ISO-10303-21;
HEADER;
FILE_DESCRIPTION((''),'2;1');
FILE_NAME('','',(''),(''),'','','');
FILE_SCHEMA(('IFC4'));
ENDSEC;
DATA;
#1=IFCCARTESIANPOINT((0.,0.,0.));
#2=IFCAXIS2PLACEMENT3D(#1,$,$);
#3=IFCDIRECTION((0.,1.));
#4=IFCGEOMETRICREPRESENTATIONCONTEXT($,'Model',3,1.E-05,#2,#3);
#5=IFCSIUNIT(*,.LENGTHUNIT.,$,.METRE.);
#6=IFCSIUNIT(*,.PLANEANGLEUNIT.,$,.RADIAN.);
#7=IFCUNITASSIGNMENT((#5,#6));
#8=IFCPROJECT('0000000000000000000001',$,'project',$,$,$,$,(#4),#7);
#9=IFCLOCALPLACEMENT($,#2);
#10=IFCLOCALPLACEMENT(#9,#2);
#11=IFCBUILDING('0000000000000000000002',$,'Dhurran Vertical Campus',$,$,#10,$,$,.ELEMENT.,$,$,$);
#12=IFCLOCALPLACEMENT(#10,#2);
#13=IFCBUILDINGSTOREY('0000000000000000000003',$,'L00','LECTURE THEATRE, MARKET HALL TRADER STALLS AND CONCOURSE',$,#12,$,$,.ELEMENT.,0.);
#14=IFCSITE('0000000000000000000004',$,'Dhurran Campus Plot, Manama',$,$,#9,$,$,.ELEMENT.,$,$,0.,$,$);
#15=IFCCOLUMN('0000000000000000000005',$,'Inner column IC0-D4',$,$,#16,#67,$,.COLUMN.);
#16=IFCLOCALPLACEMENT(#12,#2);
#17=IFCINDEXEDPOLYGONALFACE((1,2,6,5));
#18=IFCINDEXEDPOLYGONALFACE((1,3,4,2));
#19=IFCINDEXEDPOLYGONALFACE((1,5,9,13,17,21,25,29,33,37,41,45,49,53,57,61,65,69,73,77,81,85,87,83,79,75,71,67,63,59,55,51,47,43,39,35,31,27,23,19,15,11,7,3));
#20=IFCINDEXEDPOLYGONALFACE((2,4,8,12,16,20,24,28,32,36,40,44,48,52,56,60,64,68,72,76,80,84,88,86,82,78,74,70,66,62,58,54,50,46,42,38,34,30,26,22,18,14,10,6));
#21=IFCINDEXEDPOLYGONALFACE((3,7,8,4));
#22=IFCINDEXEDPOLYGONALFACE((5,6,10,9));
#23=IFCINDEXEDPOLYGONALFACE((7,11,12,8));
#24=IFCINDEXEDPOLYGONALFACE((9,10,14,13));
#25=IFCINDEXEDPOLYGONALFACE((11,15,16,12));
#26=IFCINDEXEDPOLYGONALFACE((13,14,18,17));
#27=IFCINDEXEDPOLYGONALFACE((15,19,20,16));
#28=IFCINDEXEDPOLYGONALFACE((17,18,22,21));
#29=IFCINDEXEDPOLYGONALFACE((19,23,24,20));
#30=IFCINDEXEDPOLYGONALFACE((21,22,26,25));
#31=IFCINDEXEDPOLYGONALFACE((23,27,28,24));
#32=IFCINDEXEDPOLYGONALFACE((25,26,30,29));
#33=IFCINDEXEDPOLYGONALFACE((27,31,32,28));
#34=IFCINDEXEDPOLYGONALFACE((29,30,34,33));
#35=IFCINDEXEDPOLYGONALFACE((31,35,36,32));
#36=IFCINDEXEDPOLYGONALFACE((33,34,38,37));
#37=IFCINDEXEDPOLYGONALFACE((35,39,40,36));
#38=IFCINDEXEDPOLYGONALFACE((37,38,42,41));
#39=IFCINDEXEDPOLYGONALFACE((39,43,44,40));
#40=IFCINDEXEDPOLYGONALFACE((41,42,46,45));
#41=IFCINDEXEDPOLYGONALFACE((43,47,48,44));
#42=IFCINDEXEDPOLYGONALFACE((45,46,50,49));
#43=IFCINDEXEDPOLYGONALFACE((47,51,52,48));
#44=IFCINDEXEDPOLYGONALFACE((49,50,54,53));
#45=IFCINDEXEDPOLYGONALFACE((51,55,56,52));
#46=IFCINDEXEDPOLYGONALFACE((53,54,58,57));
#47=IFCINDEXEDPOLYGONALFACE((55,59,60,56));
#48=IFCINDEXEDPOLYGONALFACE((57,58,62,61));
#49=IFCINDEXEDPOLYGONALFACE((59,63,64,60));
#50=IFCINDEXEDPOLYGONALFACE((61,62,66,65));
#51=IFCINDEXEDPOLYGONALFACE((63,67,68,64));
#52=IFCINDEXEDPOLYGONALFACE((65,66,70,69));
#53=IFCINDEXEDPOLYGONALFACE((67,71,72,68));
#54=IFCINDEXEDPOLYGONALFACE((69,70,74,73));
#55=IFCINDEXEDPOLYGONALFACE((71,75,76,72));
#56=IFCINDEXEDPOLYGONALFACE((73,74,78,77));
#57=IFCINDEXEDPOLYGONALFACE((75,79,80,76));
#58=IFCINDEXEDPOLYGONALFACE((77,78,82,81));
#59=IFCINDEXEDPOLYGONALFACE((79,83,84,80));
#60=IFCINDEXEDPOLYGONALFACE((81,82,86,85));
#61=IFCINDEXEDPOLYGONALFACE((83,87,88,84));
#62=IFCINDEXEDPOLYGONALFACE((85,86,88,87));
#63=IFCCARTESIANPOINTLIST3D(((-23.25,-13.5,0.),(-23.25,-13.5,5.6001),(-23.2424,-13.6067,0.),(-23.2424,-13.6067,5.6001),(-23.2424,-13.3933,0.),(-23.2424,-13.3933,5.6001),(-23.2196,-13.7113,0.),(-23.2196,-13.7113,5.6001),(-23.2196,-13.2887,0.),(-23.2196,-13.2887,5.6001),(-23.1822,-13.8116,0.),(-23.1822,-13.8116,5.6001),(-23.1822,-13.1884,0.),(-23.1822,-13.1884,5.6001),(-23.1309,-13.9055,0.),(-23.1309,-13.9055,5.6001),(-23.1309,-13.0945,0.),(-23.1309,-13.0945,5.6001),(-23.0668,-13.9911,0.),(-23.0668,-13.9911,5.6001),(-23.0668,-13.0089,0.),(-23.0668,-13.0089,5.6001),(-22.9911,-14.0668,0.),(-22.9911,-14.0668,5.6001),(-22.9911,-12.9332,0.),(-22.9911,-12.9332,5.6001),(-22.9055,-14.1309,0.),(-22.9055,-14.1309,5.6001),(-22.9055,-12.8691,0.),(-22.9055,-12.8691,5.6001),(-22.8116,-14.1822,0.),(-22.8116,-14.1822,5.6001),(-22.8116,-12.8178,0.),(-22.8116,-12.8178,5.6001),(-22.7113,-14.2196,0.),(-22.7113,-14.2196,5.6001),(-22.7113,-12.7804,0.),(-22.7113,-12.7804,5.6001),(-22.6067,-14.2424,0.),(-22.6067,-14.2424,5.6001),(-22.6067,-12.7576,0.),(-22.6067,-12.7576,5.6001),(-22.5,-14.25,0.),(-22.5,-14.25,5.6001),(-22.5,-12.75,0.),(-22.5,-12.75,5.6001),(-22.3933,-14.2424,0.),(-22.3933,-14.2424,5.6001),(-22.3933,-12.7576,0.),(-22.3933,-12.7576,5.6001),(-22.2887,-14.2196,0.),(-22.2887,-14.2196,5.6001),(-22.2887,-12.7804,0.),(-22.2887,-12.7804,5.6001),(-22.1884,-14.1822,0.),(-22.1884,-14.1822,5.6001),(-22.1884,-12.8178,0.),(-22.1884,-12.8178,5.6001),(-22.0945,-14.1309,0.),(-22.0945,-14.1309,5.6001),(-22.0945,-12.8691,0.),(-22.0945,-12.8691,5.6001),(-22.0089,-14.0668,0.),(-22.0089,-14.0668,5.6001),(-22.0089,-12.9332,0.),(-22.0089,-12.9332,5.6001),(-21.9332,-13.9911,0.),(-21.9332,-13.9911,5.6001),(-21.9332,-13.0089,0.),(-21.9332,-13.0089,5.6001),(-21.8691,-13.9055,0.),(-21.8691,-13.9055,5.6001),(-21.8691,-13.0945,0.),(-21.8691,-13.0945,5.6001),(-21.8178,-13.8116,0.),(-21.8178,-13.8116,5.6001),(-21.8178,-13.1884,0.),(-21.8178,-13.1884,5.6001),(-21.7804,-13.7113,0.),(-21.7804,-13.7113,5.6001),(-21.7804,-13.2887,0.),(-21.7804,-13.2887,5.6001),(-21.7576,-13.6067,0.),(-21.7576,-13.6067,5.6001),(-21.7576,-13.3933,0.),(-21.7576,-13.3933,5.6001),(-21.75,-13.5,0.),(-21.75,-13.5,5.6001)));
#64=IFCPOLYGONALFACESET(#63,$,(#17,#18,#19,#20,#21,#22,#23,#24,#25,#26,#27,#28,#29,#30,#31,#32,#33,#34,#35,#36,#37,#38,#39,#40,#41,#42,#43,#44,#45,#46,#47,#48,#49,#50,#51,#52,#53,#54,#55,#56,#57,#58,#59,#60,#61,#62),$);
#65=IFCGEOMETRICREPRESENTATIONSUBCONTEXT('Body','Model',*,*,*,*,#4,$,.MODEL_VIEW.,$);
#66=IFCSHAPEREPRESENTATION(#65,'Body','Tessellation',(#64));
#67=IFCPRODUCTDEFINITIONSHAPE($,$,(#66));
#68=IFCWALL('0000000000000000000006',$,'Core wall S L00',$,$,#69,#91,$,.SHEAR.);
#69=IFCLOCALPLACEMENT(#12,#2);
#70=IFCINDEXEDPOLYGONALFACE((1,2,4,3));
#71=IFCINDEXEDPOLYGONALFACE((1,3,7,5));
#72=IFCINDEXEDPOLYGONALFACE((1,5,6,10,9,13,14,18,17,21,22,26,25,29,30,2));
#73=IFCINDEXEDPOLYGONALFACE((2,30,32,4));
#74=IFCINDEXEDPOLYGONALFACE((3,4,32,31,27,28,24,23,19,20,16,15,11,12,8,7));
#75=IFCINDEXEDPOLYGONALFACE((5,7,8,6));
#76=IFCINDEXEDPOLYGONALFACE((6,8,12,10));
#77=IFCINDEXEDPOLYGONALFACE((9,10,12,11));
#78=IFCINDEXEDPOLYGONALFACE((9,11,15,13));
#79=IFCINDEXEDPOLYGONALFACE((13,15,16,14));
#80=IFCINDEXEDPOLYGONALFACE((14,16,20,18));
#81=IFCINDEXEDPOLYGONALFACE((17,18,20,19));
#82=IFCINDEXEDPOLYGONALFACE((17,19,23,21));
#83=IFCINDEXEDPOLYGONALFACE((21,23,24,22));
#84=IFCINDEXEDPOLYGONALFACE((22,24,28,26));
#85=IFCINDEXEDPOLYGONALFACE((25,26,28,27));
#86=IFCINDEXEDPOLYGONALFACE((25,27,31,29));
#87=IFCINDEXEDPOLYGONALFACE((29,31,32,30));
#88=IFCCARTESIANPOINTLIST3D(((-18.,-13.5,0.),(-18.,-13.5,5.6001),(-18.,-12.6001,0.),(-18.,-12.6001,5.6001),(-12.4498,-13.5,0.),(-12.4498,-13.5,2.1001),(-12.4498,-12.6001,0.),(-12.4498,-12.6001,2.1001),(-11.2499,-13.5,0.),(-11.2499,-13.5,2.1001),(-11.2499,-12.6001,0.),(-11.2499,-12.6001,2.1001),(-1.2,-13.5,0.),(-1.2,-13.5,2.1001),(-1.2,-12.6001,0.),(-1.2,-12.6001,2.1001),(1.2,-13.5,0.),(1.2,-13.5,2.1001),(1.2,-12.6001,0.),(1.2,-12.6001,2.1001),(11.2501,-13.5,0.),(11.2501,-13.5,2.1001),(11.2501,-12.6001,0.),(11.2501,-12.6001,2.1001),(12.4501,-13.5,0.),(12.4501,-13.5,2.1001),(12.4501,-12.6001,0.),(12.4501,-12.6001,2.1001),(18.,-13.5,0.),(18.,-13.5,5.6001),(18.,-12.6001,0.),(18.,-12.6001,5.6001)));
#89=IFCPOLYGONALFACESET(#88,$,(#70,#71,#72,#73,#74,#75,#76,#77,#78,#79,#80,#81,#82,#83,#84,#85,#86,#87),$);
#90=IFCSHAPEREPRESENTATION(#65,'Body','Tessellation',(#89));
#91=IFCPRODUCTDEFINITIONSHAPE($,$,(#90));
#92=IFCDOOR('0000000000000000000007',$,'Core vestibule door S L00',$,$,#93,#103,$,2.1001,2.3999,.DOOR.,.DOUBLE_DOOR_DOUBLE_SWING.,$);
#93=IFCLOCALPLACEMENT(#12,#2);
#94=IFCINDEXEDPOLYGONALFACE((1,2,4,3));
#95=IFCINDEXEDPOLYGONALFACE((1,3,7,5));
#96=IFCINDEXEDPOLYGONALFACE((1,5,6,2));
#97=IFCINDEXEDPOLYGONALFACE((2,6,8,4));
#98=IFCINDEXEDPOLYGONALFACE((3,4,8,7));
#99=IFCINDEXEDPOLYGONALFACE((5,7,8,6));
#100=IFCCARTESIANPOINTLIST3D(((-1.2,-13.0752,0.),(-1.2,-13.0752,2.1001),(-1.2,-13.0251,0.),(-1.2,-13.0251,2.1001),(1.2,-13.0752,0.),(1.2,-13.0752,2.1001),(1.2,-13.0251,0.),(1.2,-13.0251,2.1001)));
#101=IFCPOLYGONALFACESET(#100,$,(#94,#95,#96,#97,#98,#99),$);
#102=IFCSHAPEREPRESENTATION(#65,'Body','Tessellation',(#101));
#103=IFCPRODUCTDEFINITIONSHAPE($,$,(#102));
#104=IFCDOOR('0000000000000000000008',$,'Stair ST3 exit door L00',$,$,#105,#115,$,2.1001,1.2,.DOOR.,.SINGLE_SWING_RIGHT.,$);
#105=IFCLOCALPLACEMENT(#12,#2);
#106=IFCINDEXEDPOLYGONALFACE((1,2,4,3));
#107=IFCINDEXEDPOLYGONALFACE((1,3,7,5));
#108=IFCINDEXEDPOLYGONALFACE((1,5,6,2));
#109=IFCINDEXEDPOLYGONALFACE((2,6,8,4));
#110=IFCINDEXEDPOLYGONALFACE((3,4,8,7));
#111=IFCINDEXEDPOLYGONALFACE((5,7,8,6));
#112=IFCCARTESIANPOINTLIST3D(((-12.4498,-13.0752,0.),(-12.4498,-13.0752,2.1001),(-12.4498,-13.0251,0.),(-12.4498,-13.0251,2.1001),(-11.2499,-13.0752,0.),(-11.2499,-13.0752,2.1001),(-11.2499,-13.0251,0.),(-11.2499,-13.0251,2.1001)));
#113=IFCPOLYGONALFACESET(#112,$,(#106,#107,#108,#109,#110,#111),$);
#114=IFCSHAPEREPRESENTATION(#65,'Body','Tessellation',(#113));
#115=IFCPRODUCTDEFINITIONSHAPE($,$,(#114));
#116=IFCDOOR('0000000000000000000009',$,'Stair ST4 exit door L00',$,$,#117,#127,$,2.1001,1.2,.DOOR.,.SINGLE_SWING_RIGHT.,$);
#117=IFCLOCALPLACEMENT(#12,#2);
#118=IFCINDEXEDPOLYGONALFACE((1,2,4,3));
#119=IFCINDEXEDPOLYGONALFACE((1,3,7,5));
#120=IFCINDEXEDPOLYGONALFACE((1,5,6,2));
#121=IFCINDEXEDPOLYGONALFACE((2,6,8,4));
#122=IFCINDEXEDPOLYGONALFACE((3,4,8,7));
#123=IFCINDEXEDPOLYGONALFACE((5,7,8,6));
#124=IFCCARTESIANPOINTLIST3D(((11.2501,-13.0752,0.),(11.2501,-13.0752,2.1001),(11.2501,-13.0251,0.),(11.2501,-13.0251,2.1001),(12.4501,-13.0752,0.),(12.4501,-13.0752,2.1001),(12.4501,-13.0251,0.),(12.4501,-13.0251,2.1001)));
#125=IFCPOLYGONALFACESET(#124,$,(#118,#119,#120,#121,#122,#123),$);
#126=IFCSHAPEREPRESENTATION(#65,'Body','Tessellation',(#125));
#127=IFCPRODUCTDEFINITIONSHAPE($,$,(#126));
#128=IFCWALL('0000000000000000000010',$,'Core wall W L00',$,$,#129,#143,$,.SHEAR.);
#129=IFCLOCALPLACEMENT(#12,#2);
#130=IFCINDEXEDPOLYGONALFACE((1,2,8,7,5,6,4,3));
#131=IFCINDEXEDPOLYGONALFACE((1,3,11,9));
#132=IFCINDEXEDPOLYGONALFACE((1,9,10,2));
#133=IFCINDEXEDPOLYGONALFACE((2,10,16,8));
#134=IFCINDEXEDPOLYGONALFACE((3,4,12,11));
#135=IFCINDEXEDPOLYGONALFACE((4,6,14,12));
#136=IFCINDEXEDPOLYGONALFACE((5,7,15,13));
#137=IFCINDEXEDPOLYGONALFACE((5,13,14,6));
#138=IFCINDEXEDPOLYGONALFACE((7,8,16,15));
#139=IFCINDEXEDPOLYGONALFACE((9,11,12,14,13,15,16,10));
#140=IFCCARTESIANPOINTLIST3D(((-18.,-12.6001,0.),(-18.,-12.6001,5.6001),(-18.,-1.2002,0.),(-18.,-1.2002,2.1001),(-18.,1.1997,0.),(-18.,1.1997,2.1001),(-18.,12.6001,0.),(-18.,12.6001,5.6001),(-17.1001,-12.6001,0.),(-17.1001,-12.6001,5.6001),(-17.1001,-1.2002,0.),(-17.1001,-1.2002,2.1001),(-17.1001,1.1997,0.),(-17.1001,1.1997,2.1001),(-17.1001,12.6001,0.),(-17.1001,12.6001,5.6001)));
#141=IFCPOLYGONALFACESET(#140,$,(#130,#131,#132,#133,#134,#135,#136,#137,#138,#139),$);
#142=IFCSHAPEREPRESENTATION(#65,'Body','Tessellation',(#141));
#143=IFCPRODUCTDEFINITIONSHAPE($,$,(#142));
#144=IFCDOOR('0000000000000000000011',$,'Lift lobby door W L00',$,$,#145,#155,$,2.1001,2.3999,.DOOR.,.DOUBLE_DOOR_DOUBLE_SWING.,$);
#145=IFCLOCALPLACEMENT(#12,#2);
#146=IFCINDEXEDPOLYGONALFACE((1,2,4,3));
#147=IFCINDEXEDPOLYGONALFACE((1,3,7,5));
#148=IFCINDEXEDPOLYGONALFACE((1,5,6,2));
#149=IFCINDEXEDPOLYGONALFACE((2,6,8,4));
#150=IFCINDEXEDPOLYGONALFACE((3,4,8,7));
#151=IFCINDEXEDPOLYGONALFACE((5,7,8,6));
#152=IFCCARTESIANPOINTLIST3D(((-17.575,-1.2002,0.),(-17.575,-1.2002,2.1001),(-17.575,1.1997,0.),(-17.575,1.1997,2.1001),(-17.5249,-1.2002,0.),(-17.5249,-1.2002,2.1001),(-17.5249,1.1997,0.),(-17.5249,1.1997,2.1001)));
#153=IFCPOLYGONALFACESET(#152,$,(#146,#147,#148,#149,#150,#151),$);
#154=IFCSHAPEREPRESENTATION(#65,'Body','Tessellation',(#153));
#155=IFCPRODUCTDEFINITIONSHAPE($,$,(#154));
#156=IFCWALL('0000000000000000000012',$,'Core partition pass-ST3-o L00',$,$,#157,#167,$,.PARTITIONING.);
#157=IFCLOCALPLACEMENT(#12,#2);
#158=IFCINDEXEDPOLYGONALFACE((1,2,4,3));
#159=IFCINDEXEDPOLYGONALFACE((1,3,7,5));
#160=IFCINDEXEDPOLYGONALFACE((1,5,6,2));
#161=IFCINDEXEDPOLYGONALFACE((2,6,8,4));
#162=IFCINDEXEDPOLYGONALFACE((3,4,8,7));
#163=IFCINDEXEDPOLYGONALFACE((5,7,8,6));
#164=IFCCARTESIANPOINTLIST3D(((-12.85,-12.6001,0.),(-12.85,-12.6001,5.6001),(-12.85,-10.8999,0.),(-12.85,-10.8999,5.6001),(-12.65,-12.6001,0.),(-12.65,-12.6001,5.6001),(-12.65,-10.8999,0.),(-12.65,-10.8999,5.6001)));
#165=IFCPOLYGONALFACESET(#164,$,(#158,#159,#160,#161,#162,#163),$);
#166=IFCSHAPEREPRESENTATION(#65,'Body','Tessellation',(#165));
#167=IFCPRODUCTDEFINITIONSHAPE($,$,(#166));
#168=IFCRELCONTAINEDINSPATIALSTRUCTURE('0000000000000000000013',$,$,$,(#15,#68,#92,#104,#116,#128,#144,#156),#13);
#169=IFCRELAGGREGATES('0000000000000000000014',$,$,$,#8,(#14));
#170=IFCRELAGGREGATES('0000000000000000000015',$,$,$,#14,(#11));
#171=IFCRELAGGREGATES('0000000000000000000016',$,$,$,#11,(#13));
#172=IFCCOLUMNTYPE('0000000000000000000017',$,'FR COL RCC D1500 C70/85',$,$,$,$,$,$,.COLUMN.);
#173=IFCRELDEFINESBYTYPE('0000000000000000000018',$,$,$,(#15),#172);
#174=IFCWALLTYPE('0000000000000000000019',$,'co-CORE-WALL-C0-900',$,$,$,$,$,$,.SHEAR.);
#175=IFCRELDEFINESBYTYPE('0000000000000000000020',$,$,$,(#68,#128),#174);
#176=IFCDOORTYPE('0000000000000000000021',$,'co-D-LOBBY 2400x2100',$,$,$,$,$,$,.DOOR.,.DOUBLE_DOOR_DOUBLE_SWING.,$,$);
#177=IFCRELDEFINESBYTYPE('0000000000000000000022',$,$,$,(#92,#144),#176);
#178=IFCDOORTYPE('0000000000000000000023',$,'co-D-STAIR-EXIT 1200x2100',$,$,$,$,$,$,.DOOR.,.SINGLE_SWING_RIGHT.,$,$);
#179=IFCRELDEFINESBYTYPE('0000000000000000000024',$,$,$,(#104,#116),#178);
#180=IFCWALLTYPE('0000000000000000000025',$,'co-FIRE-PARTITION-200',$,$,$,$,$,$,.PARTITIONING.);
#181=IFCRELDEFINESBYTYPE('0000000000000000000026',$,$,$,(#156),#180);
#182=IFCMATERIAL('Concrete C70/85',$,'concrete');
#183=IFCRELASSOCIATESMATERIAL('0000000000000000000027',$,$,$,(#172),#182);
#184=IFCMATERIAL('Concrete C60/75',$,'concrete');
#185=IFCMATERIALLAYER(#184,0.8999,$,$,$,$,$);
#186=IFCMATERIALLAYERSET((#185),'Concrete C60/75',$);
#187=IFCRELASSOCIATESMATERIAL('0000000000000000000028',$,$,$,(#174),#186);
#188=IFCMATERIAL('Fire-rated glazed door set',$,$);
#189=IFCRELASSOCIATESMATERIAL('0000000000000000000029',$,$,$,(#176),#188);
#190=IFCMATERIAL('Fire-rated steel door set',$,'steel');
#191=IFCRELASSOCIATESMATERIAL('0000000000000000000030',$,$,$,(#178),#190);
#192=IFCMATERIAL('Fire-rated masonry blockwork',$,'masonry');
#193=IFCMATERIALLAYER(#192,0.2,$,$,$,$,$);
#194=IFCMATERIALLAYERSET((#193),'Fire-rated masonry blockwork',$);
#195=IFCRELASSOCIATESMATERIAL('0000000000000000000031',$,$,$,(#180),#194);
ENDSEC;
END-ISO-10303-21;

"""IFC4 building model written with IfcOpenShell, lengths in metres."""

from ifc_helpers import new_model, si_unit, direction, frame, frame_2d, origin, origin_2d, place, context, subcontext, project, spatial, rectangle, circle, extrude, material, layer, layer_set, material_profile, profile_set, type_object, element, fill, save


model = new_model("IFC4")

# Units and contexts
model_context = context("Model", 3, precision=1e-05, world=origin(), true_north=direction((0.0, 1.0)))
body_context = subcontext(model_context, "Body", "Model", "MODEL_VIEW")
ifc_project = project(units=[si_unit("LENGTHUNIT", "METRE"), si_unit("PLANEANGLEUNIT", "RADIAN")], contexts=[model_context])

# Site, building, storey
site_placement = place(None, origin())
site = spatial("IfcSite", under=ifc_project, at=site_placement, Name="Dhurran Campus Plot, Manama", CompositionType="ELEMENT", RefElevation=0.0)
building_placement = place(site_placement, origin())
building = spatial("IfcBuilding", under=site, at=building_placement, Name="Dhurran Vertical Campus", CompositionType="ELEMENT")
storey_placement = place(building_placement, origin())
storey = spatial("IfcBuildingStorey", under=building, at=storey_placement, Name="L00", Description="LECTURE THEATRE, MARKET HALL TRADER STALLS AND CONCOURSE", CompositionType="ELEMENT", Elevation=0.0)

# Column
ifc_material_1 = material(Name="Concrete C70/85", Category="concrete")
ifc_material_profile = material_profile(ifc_material_1, circle(Radius=0.75, at=origin_2d()), Name="RCC D1500")
ifc_profile_set = profile_set([ifc_material_profile], Name="Concrete C70/85")
column_type = type_object("IfcColumnType", Name="FR COL RCC D1500 C70/85", PredefinedType="COLUMN", material=ifc_profile_set)
column_placement = place(storey_placement, frame((-22.5, -13.5, 0.0), z_axis=(0.0, 0.0, 1.0), x_axis=(1.0, 0.0, 0.0)))
element("IfcColumn", 1, at=column_placement, inside=storey, type_object=column_type, Name="Inner column IC0-D4", PredefinedType="COLUMN", context=body_context, shape_type="SweptSolid", body=[
    extrude(circle(Radius=0.75, at=origin_2d()), origin(), (0.0, 0.0, 1.0), 5.6001),
])

# Wall, openings, doors
ifc_material_2 = material(Name="Concrete C60/75", Category="concrete")
ifc_layer_1 = layer(ifc_material_2, 0.8999)
ifc_layer_set_1 = layer_set([ifc_layer_1], Name="Concrete C60/75")
wall_type_1 = type_object("IfcWallType", Name="co-CORE-WALL-C0-900", PredefinedType="SHEAR", material=ifc_layer_set_1)
wall_1_placement = place(storey_placement, frame((-18.0, -13.05, 0.0), z_axis=(0.0, 0.0, 1.0), x_axis=(1.0, 0.0, 0.0)))
wall_1 = element("IfcWall", 2, at=wall_1_placement, inside=storey, type_object=wall_type_1, Name="Core wall S L00", PredefinedType="SHEAR", context=body_context, shape_type="SweptSolid", body=[
    extrude(rectangle(XDim=36.0, YDim=0.8999, at=frame_2d((18.0, 0.0))), origin(), (0.0, 0.0, 1.0), 5.6001),
])
opening_1_placement = place(wall_1_placement, frame((16.8, 0.0, 0.0)))
opening_1 = element("IfcOpeningElement", 3, at=opening_1_placement, cuts=wall_1, PredefinedType="OPENING", context=body_context, shape_type="SweptSolid", body=[
    extrude(rectangle(XDim=2.3999, YDim=2.1001, at=frame_2d((1.2, 1.05))), frame((0.0, 0.46, 0.0), z_axis=(0.0, -1.0, 0.0), x_axis=(1.0, 0.0, 0.0)), (0.0, 0.0, 1.0), 0.9199),
])
opening_2_placement = place(wall_1_placement, frame((5.55, 0.0, 0.0)))
opening_2 = element("IfcOpeningElement", 4, at=opening_2_placement, cuts=wall_1, PredefinedType="OPENING", context=body_context, shape_type="SweptSolid", body=[
    extrude(rectangle(XDim=1.2, YDim=2.1001, at=frame_2d((0.6001, 1.05))), frame((0.0, 0.46, 0.0), z_axis=(0.0, -1.0, 0.0), x_axis=(1.0, 0.0, 0.0)), (0.0, 0.0, 1.0), 0.9199),
])
opening_3_placement = place(wall_1_placement, frame((29.25, 0.0, 0.0)))
opening_3 = element("IfcOpeningElement", 5, at=opening_3_placement, cuts=wall_1, PredefinedType="OPENING", context=body_context, shape_type="SweptSolid", body=[
    extrude(rectangle(XDim=1.2, YDim=2.1001, at=frame_2d((0.6001, 1.05))), frame((0.0, 0.46, 0.0), z_axis=(0.0, -1.0, 0.0), x_axis=(1.0, 0.0, 0.0)), (0.0, 0.0, 1.0), 0.9199),
])
ifc_material_3 = material(Name="Fire-rated glazed door set")
door_type_1 = type_object("IfcDoorType", Name="co-D-LOBBY 2400x2100", OperationType="DOUBLE_DOOR_DOUBLE_SWING", PredefinedType="DOOR", material=ifc_material_3)
door_1_placement = place(opening_1_placement, origin())
door_1 = element("IfcDoor", 6, at=door_1_placement, inside=storey, type_object=door_type_1, Name="Core vestibule door S L00", OperationType="DOUBLE_DOOR_DOUBLE_SWING", OverallHeight=2.1001, OverallWidth=2.3999, PredefinedType="DOOR", context=body_context, shape_type="SweptSolid", body=[
    extrude(rectangle(XDim=2.3999, YDim=2.1001, at=frame_2d((1.2, 1.05))), frame((0.0, 0.0249, 0.0), z_axis=(0.0, -1.0, 0.0), x_axis=(1.0, 0.0, 0.0)), (0.0, 0.0, 1.0), 0.05),
])
fill(opening_1, door_1)
ifc_material_4 = material(Name="Fire-rated steel door set", Category="steel")
door_type_2 = type_object("IfcDoorType", Name="co-D-STAIR-EXIT 1200x2100", OperationType="SINGLE_SWING_RIGHT", PredefinedType="DOOR", material=ifc_material_4)
door_2_placement = place(opening_2_placement, origin())
door_2 = element("IfcDoor", 7, at=door_2_placement, inside=storey, type_object=door_type_2, Name="Stair ST3 exit door L00", OperationType="SINGLE_SWING_RIGHT", OverallHeight=2.1001, OverallWidth=1.2, PredefinedType="DOOR", context=body_context, shape_type="SweptSolid", body=[
    extrude(rectangle(XDim=1.2, YDim=2.1001, at=frame_2d((0.6001, 1.05))), frame((0.0, 0.0249, 0.0), z_axis=(0.0, -1.0, 0.0), x_axis=(1.0, 0.0, 0.0)), (0.0, 0.0, 1.0), 0.05),
])
fill(opening_2, door_2)
door_3_placement = place(opening_3_placement, origin())
door_3 = element("IfcDoor", 8, at=door_3_placement, inside=storey, type_object=door_type_2, Name="Stair ST4 exit door L00", OperationType="SINGLE_SWING_RIGHT", OverallHeight=2.1001, OverallWidth=1.2, PredefinedType="DOOR", context=body_context, shape_type="SweptSolid", body=[
    extrude(rectangle(XDim=1.2, YDim=2.1001, at=frame_2d((0.6001, 1.05))), frame((0.0, 0.0249, 0.0), z_axis=(0.0, -1.0, 0.0), x_axis=(1.0, 0.0, 0.0)), (0.0, 0.0, 1.0), 0.05),
])
fill(opening_3, door_3)

# Wall, opening, door
wall_2_placement = place(storey_placement, frame((-17.55, -12.6001, 0.0), z_axis=(0.0, 0.0, 1.0), x_axis=(0.0, 1.0, 0.0)))
wall_2 = element("IfcWall", 9, at=wall_2_placement, inside=storey, type_object=wall_type_1, Name="Core wall W L00", PredefinedType="SHEAR", context=body_context, shape_type="SweptSolid", body=[
    extrude(rectangle(XDim=25.2002, YDim=0.8999, at=frame_2d((12.6001, 0.0))), origin(), (0.0, 0.0, 1.0), 5.6001),
])
opening_4_placement = place(wall_2_placement, frame((11.3999, 0.0, 0.0)))
opening_4 = element("IfcOpeningElement", 10, at=opening_4_placement, cuts=wall_2, PredefinedType="OPENING", context=body_context, shape_type="SweptSolid", body=[
    extrude(rectangle(XDim=2.3999, YDim=2.1001, at=frame_2d((1.2, 1.05))), frame((0.0, 0.46, 0.0), z_axis=(0.0, -1.0, 0.0), x_axis=(1.0, 0.0, 0.0)), (0.0, 0.0, 1.0), 0.9199),
])
door_4_placement = place(opening_4_placement, origin())
door_4 = element("IfcDoor", 11, at=door_4_placement, inside=storey, type_object=door_type_1, Name="Lift lobby door W L00", OperationType="DOUBLE_DOOR_DOUBLE_SWING", OverallHeight=2.1001, OverallWidth=2.3999, PredefinedType="DOOR", context=body_context, shape_type="SweptSolid", body=[
    extrude(rectangle(XDim=2.3999, YDim=2.1001, at=frame_2d((1.2, 1.05))), frame((0.0, 0.0249, 0.0), z_axis=(0.0, -1.0, 0.0), x_axis=(1.0, 0.0, 0.0)), (0.0, 0.0, 1.0), 0.05),
])
fill(opening_4, door_4)

# Wall
ifc_material_5 = material(Name="Fire-rated masonry blockwork", Category="masonry")
ifc_layer_2 = layer(ifc_material_5, 0.2)
ifc_layer_set_2 = layer_set([ifc_layer_2], Name="Fire-rated masonry blockwork")
wall_type_2 = type_object("IfcWallType", Name="co-FIRE-PARTITION-200", PredefinedType="PARTITIONING", material=ifc_layer_set_2)
wall_3_placement = place(storey_placement, frame((-12.75, -12.6001, 0.0), z_axis=(0.0, 0.0, 1.0), x_axis=(0.0, 1.0, 0.0)))
element("IfcWall", 12, at=wall_3_placement, inside=storey, type_object=wall_type_2, Name="Core partition pass-ST3-o L00", PredefinedType="PARTITIONING", context=body_context, shape_type="SweptSolid", body=[
    extrude(rectangle(XDim=1.7002, YDim=0.2, at=frame_2d((0.8501, 0.0))), origin(), (0.0, 0.0, 1.0), 5.6001),
])

save(model, "model.ifc")
